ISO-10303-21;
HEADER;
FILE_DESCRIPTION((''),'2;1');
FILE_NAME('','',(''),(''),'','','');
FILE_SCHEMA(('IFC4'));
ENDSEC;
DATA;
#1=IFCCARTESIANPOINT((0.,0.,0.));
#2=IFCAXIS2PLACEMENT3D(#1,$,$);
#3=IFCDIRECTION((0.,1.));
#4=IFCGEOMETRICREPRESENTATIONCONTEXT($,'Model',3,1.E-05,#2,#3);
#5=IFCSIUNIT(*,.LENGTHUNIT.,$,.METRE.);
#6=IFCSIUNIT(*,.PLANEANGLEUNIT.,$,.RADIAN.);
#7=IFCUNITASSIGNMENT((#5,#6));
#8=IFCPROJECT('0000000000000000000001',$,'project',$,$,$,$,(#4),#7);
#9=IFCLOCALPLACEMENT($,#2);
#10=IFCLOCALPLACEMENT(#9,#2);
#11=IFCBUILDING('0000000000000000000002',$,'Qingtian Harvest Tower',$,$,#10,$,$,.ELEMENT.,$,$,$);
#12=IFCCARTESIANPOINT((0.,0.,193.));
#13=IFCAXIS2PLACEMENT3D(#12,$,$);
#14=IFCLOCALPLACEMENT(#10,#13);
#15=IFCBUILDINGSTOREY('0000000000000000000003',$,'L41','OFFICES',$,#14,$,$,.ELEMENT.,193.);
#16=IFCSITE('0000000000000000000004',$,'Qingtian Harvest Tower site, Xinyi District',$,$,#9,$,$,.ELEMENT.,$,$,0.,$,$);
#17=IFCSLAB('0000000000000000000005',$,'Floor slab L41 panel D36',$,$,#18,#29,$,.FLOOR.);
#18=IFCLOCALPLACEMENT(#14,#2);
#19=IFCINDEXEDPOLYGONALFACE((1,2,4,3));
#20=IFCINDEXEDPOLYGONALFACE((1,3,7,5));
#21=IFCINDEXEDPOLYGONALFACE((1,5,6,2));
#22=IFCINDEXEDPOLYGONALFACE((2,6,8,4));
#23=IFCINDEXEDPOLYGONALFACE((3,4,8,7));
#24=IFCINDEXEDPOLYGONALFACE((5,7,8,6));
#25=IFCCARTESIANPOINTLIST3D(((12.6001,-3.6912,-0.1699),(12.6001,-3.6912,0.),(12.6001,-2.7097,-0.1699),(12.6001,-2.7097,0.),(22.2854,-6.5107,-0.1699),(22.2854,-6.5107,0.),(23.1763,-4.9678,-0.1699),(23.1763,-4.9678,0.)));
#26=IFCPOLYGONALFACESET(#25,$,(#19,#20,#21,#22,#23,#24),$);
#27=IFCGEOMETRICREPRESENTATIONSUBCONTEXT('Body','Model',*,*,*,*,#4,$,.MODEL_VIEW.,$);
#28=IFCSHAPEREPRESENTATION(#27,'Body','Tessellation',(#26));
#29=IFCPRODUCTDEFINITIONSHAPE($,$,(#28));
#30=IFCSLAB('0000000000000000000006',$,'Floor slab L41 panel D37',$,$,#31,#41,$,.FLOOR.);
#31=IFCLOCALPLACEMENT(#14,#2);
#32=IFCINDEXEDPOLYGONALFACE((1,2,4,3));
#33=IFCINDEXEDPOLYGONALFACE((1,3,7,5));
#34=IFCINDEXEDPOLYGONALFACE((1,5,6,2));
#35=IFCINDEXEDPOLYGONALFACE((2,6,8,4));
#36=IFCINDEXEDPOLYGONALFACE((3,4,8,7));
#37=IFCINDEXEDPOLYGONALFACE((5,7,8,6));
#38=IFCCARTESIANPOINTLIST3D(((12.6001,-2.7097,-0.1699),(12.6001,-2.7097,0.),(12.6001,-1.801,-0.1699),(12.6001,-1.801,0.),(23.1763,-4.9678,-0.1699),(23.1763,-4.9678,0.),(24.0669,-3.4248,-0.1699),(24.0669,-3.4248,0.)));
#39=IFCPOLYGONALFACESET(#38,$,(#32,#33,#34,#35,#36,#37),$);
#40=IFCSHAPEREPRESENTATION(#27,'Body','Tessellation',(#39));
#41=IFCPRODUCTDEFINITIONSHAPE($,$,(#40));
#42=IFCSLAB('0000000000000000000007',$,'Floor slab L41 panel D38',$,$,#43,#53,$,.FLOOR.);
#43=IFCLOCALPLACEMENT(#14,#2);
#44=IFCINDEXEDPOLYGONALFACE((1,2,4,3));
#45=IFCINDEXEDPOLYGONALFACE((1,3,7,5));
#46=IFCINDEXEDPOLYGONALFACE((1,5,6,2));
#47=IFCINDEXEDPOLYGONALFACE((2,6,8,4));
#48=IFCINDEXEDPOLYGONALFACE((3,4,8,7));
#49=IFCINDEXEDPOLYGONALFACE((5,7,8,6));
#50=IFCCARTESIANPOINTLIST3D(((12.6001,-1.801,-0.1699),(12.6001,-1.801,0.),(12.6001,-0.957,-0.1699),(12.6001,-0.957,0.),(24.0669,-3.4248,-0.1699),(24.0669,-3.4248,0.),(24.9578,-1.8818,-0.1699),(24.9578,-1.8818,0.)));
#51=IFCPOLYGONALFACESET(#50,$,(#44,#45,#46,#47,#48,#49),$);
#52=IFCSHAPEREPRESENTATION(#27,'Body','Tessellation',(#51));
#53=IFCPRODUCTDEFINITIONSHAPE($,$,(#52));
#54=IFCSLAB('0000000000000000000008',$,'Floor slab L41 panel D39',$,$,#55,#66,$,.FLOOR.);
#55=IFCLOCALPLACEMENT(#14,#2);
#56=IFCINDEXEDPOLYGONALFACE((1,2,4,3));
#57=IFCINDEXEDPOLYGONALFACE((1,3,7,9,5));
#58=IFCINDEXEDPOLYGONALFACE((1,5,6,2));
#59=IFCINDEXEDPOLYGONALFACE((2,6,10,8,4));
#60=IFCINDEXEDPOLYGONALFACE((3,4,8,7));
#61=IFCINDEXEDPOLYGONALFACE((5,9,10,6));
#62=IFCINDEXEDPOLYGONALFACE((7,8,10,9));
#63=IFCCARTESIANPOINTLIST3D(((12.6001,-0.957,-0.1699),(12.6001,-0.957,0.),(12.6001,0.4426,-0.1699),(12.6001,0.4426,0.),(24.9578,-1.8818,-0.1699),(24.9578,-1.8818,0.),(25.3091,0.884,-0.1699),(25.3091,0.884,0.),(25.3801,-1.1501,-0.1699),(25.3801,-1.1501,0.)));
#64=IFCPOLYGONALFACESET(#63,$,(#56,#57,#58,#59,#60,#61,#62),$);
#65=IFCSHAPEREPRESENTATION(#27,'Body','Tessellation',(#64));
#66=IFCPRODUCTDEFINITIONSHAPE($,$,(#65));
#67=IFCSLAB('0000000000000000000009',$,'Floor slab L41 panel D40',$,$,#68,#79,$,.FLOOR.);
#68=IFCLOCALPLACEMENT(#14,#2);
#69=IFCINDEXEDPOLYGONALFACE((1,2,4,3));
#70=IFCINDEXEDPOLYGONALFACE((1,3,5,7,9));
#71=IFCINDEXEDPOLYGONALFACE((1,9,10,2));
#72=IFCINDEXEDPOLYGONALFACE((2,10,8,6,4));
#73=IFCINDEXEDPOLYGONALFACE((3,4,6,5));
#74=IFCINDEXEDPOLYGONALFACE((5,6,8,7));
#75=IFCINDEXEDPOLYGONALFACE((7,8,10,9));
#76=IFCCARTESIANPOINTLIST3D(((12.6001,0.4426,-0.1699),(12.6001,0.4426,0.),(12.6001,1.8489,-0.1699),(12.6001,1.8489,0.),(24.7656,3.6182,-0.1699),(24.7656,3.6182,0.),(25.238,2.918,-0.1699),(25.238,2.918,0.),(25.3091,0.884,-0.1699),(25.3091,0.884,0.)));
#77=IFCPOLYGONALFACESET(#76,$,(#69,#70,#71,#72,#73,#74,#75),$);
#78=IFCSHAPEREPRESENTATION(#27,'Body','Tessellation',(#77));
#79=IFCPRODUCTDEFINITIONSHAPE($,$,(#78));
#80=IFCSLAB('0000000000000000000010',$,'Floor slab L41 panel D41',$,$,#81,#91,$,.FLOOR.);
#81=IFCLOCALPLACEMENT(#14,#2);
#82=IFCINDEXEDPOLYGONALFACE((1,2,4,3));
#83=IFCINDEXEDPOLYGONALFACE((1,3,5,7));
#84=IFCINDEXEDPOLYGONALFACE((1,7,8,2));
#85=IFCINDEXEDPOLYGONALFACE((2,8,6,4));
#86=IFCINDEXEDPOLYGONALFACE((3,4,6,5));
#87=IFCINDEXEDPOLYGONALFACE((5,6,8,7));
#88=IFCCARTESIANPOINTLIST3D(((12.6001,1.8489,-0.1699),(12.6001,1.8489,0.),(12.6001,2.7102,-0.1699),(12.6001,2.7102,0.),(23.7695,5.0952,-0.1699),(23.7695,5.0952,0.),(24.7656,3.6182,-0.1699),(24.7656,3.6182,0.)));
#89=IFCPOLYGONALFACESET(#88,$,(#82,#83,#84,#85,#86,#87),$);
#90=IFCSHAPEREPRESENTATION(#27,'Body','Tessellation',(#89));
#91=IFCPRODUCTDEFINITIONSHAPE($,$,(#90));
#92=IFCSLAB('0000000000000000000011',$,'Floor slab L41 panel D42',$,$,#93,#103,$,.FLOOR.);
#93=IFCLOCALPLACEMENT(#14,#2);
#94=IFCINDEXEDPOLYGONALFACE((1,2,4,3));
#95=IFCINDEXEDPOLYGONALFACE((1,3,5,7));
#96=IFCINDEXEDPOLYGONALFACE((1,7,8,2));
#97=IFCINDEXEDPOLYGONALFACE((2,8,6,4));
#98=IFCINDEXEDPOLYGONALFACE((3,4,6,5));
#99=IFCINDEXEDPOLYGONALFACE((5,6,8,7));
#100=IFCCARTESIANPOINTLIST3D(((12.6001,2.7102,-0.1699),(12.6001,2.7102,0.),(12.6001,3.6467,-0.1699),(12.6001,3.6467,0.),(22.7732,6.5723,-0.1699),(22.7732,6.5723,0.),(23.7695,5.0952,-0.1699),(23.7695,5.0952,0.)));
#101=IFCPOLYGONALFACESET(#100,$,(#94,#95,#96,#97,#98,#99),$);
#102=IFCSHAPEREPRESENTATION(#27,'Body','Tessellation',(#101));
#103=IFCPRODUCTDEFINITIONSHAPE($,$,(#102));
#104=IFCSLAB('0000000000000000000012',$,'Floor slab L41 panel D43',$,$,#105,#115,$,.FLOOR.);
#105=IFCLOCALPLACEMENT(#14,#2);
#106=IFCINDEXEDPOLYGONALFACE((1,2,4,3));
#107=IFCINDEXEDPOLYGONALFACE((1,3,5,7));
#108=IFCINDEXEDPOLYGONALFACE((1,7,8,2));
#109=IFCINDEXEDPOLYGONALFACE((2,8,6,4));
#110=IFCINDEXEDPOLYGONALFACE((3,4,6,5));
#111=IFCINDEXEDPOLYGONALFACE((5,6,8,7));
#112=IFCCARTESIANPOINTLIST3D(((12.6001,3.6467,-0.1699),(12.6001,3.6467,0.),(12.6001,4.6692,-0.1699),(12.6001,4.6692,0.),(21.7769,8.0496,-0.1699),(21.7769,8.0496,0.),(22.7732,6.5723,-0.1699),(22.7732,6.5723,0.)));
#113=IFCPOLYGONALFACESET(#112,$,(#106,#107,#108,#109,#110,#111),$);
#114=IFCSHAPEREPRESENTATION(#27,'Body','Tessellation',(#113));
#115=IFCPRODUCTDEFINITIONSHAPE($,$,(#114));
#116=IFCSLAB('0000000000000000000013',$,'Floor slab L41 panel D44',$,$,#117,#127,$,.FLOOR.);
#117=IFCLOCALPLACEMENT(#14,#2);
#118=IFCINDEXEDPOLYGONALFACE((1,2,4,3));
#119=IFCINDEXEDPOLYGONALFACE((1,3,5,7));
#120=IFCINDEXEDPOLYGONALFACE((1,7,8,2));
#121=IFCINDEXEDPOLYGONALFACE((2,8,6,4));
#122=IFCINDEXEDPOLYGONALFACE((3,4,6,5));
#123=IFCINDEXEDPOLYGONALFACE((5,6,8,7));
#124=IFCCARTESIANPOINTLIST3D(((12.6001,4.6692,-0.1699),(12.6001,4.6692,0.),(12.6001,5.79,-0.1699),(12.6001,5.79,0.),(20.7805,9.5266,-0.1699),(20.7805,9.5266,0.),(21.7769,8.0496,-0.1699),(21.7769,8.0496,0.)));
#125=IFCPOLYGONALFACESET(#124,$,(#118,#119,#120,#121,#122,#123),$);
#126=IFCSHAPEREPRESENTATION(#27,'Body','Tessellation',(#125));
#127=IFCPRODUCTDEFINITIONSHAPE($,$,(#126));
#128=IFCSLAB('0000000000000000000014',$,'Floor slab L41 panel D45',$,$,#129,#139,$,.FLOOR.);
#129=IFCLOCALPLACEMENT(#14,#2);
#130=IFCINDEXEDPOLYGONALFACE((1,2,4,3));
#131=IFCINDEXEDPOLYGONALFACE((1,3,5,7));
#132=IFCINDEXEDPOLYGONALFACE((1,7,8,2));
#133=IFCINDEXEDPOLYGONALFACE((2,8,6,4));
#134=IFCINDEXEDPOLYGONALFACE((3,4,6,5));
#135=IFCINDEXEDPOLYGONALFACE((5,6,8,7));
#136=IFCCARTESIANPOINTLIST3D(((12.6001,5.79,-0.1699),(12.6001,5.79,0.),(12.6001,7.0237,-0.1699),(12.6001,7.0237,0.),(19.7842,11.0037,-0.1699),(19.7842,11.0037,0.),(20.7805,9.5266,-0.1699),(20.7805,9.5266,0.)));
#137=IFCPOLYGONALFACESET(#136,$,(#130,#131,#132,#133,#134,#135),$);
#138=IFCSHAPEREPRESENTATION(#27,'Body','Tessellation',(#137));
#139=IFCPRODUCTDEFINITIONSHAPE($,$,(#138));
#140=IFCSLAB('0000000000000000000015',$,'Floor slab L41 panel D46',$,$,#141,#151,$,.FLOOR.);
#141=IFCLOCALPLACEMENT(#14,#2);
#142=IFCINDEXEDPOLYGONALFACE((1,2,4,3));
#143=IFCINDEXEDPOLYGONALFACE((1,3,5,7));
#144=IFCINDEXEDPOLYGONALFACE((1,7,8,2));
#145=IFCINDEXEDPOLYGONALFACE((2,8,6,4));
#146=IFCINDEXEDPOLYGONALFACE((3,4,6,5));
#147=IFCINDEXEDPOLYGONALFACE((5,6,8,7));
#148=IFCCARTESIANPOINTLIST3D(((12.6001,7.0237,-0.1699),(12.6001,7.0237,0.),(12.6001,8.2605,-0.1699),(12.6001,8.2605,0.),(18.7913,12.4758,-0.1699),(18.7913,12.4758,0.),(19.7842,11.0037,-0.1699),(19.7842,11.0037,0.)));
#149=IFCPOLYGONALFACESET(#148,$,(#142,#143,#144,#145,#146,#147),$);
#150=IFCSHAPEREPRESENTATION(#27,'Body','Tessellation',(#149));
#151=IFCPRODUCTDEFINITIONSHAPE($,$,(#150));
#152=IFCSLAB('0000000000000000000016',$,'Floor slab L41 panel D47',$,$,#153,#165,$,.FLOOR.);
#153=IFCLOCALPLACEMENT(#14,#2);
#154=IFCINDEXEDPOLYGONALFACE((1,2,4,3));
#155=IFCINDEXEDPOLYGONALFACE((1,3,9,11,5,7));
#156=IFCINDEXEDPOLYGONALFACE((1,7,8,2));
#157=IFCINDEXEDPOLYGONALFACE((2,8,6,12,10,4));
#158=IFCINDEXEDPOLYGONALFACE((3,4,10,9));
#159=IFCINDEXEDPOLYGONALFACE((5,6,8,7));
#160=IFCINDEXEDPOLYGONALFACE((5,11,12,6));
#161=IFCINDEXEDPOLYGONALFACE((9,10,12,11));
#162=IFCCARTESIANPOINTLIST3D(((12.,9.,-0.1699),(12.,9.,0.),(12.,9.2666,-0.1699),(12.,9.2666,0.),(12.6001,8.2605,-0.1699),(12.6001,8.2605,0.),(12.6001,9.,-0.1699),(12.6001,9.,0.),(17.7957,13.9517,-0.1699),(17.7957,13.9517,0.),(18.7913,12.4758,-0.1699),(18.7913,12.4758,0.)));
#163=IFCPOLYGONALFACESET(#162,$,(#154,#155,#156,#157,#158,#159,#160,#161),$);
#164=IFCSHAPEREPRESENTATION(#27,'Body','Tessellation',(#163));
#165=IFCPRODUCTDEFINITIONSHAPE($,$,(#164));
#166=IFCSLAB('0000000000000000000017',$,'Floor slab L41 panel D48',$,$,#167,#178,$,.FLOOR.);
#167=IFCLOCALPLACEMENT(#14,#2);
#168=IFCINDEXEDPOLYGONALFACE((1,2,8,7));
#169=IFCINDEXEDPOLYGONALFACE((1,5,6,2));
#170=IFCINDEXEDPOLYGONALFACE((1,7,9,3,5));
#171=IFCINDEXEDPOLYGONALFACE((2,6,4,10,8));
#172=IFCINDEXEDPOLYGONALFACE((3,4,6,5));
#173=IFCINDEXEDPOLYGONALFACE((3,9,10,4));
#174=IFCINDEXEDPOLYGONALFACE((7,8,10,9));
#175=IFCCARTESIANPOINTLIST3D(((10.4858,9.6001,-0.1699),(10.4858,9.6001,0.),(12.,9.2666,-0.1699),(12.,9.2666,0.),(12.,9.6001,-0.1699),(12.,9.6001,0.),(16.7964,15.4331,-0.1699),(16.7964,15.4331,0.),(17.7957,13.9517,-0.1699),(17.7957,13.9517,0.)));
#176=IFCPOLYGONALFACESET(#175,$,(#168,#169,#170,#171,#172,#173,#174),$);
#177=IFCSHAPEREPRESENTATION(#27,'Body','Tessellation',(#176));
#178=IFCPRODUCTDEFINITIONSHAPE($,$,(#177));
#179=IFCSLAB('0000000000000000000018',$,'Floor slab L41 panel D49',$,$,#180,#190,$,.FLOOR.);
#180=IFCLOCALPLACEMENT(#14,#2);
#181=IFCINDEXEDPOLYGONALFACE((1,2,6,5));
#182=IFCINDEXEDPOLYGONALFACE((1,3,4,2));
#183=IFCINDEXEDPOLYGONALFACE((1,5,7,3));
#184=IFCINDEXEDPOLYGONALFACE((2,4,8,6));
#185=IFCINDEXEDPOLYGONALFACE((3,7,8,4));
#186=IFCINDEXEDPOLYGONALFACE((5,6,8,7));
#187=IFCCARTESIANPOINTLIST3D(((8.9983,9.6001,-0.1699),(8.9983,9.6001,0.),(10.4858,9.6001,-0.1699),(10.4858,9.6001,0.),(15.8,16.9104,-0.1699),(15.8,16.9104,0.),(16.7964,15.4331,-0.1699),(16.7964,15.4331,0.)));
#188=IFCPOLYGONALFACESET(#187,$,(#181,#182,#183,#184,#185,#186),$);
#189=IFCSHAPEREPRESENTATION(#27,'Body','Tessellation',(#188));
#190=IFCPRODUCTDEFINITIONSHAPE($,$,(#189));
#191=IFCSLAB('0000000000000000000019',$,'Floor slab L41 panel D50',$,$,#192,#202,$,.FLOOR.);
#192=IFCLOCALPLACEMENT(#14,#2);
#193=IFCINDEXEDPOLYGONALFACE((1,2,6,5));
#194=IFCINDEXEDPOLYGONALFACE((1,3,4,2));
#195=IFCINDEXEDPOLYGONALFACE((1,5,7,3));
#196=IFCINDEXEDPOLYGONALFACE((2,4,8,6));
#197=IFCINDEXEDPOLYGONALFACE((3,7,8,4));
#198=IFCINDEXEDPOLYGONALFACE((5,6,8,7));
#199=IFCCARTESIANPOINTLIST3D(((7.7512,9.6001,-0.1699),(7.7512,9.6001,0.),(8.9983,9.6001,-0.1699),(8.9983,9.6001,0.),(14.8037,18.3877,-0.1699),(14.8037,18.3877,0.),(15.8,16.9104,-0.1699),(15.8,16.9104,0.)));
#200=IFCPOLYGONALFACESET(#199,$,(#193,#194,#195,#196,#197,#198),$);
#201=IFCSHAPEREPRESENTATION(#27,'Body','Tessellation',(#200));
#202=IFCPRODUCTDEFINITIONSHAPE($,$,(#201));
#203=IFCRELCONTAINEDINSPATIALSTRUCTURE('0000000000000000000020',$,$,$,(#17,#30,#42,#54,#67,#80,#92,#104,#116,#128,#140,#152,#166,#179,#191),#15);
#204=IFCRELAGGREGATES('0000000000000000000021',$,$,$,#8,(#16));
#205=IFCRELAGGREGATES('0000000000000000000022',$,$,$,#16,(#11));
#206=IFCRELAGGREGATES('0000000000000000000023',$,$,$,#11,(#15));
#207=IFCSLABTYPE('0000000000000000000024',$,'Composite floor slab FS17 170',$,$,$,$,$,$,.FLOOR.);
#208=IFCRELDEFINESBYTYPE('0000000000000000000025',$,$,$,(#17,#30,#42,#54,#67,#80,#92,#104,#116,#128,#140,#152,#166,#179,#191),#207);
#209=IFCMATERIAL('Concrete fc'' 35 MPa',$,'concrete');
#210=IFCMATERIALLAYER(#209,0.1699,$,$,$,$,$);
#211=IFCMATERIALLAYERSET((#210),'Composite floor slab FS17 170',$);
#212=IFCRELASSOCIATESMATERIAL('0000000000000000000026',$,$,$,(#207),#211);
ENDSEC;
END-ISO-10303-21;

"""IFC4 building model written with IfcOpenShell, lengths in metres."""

from ifc_helpers import new_model, si_unit, direction, frame, origin, place, context, subcontext, project, spatial, polyline, outline, extrude, material, layer, layer_set, type_object, element, save


model = new_model("IFC4")

# Units and contexts
model_context = context("Model", 3, precision=1e-05, world=origin(), true_north=direction((0.0, 1.0)))
body_context = subcontext(model_context, "Body", "Model", "MODEL_VIEW")
ifc_project = project(units=[si_unit("LENGTHUNIT", "METRE"), si_unit("PLANEANGLEUNIT", "RADIAN")], contexts=[model_context])

# Site, building, storey
site_placement = place(None, origin())
site = spatial("IfcSite", under=ifc_project, at=site_placement, Name="Qingtian Harvest Tower site, Xinyi District", CompositionType="ELEMENT", RefElevation=0.0)
building_placement = place(site_placement, origin())
building = spatial("IfcBuilding", under=site, at=building_placement, Name="Qingtian Harvest Tower", CompositionType="ELEMENT")
storey_placement = place(building_placement, frame((0.0, 0.0, 193.0)))
storey = spatial("IfcBuildingStorey", under=building, at=storey_placement, Name="L41", Description="OFFICES", CompositionType="ELEMENT", Elevation=193.0)

# Slabs
ifc_material_1 = material(Name="Concrete fc' 35 MPa", Category="concrete")
ifc_layer_1 = layer(ifc_material_1, 0.1699)
ifc_layer_set_1 = layer_set([ifc_layer_1], Name="Composite floor slab FS17 170")
slab_type = type_object("IfcSlabType", Name="Composite floor slab FS17 170", PredefinedType="FLOOR", material=ifc_layer_set_1)
slab_1_placement = place(storey_placement, frame((0.0, 0.0, -0.1699)))
element("IfcSlab", 1, at=slab_1_placement, inside=storey, type_object=slab_type, Name="Floor slab L41 panel D36", PredefinedType="FLOOR", context=body_context, shape_type="SweptSolid", body=[
    extrude(outline(polyline([(12.6001, -2.7097), (23.1763, -4.9678), (22.2854, -6.5107), (12.6001, -3.6912), (12.6001, -2.7097)])), origin(), (0.0, 0.0, 1.0), 0.1699),
])
slab_2_placement = place(storey_placement, frame((0.0, 0.0, -0.1699)))
element("IfcSlab", 2, at=slab_2_placement, inside=storey, type_object=slab_type, Name="Floor slab L41 panel D37", PredefinedType="FLOOR", context=body_context, shape_type="SweptSolid", body=[
    extrude(outline(polyline([(12.6001, -1.801), (24.0669, -3.4248), (23.1763, -4.9678), (12.6001, -2.7097), (12.6001, -1.801)])), origin(), (0.0, 0.0, 1.0), 0.1699),
])
slab_3_placement = place(storey_placement, frame((0.0, 0.0, -0.1699)))
element("IfcSlab", 3, at=slab_3_placement, inside=storey, type_object=slab_type, Name="Floor slab L41 panel D38", PredefinedType="FLOOR", context=body_context, shape_type="SweptSolid", body=[
    extrude(outline(polyline([(12.6001, -0.957), (24.9578, -1.8818), (24.0669, -3.4248), (12.6001, -1.801), (12.6001, -0.957)])), origin(), (0.0, 0.0, 1.0), 0.1699),
])
slab_4_placement = place(storey_placement, frame((0.0, 0.0, -0.1699)))
element("IfcSlab", 4, at=slab_4_placement, inside=storey, type_object=slab_type, Name="Floor slab L41 panel D39", PredefinedType="FLOOR", context=body_context, shape_type="SweptSolid", body=[
    extrude(outline(polyline([(12.6001, -0.957), (12.6001, 0.4426), (25.3091, 0.884), (25.3801, -1.1501), (24.9578, -1.8818), (12.6001, -0.957)])), origin(), (0.0, 0.0, 1.0), 0.1699),
])
slab_5_placement = place(storey_placement, frame((0.0, 0.0, -0.1699)))
element("IfcSlab", 5, at=slab_5_placement, inside=storey, type_object=slab_type, Name="Floor slab L41 panel D40", PredefinedType="FLOOR", context=body_context, shape_type="SweptSolid", body=[
    extrude(outline(polyline([(12.6001, 0.4426), (12.6001, 1.8489), (24.7656, 3.6182), (25.238, 2.918), (25.3091, 0.884), (12.6001, 0.4426)])), origin(), (0.0, 0.0, 1.0), 0.1699),
])
slab_6_placement = place(storey_placement, frame((0.0, 0.0, -0.1699)))
element("IfcSlab", 6, at=slab_6_placement, inside=storey, type_object=slab_type, Name="Floor slab L41 panel D41", PredefinedType="FLOOR", context=body_context, shape_type="SweptSolid", body=[
    extrude(outline(polyline([(12.6001, 2.7102), (23.7695, 5.0952), (24.7656, 3.6182), (12.6001, 1.8489), (12.6001, 2.7102)])), origin(), (0.0, 0.0, 1.0), 0.1699),
])
slab_7_placement = place(storey_placement, frame((0.0, 0.0, -0.1699)))
element("IfcSlab", 7, at=slab_7_placement, inside=storey, type_object=slab_type, Name="Floor slab L41 panel D42", PredefinedType="FLOOR", context=body_context, shape_type="SweptSolid", body=[
    extrude(outline(polyline([(12.6001, 3.6467), (22.7732, 6.5723), (23.7695, 5.0952), (12.6001, 2.7102), (12.6001, 3.6467)])), origin(), (0.0, 0.0, 1.0), 0.1699),
])
slab_8_placement = place(storey_placement, frame((0.0, 0.0, -0.1699)))
element("IfcSlab", 8, at=slab_8_placement, inside=storey, type_object=slab_type, Name="Floor slab L41 panel D43", PredefinedType="FLOOR", context=body_context, shape_type="SweptSolid", body=[
    extrude(outline(polyline([(12.6001, 4.6692), (21.7769, 8.0496), (22.7732, 6.5723), (12.6001, 3.6467), (12.6001, 4.6692)])), origin(), (0.0, 0.0, 1.0), 0.1699),
])
slab_9_placement = place(storey_placement, frame((0.0, 0.0, -0.1699)))
element("IfcSlab", 9, at=slab_9_placement, inside=storey, type_object=slab_type, Name="Floor slab L41 panel D44", PredefinedType="FLOOR", context=body_context, shape_type="SweptSolid", body=[
    extrude(outline(polyline([(12.6001, 5.79), (20.7805, 9.5266), (21.7769, 8.0496), (12.6001, 4.6692), (12.6001, 5.79)])), origin(), (0.0, 0.0, 1.0), 0.1699),
])
slab_10_placement = place(storey_placement, frame((0.0, 0.0, -0.1699)))
element("IfcSlab", 10, at=slab_10_placement, inside=storey, type_object=slab_type, Name="Floor slab L41 panel D45", PredefinedType="FLOOR", context=body_context, shape_type="SweptSolid", body=[
    extrude(outline(polyline([(12.6001, 7.0237), (19.7842, 11.0037), (20.7805, 9.5266), (12.6001, 5.79), (12.6001, 7.0237)])), origin(), (0.0, 0.0, 1.0), 0.1699),
])
slab_11_placement = place(storey_placement, frame((0.0, 0.0, -0.1699)))
element("IfcSlab", 11, at=slab_11_placement, inside=storey, type_object=slab_type, Name="Floor slab L41 panel D46", PredefinedType="FLOOR", context=body_context, shape_type="SweptSolid", body=[
    extrude(outline(polyline([(12.6001, 8.2605), (18.7913, 12.4758), (19.7842, 11.0037), (12.6001, 7.0237), (12.6001, 8.2605)])), origin(), (0.0, 0.0, 1.0), 0.1699),
])
slab_12_placement = place(storey_placement, frame((0.0, 0.0, -0.1699)))
element("IfcSlab", 12, at=slab_12_placement, inside=storey, type_object=slab_type, Name="Floor slab L41 panel D47", PredefinedType="FLOOR", context=body_context, shape_type="SweptSolid", body=[
    extrude(outline(polyline([(12.6001, 9.0), (12.0, 9.0), (12.0, 9.2666), (17.7957, 13.9517), (18.7913, 12.4758), (12.6001, 8.2605), (12.6001, 9.0)])), origin(), (0.0, 0.0, 1.0), 0.1699),
])
slab_13_placement = place(storey_placement, frame((0.0, 0.0, -0.1699)))
element("IfcSlab", 13, at=slab_13_placement, inside=storey, type_object=slab_type, Name="Floor slab L41 panel D48", PredefinedType="FLOOR", context=body_context, shape_type="SweptSolid", body=[
    extrude(outline(polyline([(12.0, 9.6001), (10.4858, 9.6001), (16.7964, 15.4331), (17.7957, 13.9517), (12.0, 9.2666), (12.0, 9.6001)])), origin(), (0.0, 0.0, 1.0), 0.1699),
])
slab_14_placement = place(storey_placement, frame((0.0, 0.0, -0.1699)))
element("IfcSlab", 14, at=slab_14_placement, inside=storey, type_object=slab_type, Name="Floor slab L41 panel D49", PredefinedType="FLOOR", context=body_context, shape_type="SweptSolid", body=[
    extrude(outline(polyline([(8.9983, 9.6001), (15.8, 16.9104), (16.7964, 15.4331), (10.4858, 9.6001), (8.9983, 9.6001)])), origin(), (0.0, 0.0, 1.0), 0.1699),
])
slab_15_placement = place(storey_placement, frame((0.0, 0.0, -0.1699)))
element("IfcSlab", 15, at=slab_15_placement, inside=storey, type_object=slab_type, Name="Floor slab L41 panel D50", PredefinedType="FLOOR", context=body_context, shape_type="SweptSolid", body=[
    extrude(outline(polyline([(7.7512, 9.6001), (14.8037, 18.3877), (15.8, 16.9104), (8.9983, 9.6001), (7.7512, 9.6001)])), origin(), (0.0, 0.0, 1.0), 0.1699),
])

save(model, "model.ifc")
